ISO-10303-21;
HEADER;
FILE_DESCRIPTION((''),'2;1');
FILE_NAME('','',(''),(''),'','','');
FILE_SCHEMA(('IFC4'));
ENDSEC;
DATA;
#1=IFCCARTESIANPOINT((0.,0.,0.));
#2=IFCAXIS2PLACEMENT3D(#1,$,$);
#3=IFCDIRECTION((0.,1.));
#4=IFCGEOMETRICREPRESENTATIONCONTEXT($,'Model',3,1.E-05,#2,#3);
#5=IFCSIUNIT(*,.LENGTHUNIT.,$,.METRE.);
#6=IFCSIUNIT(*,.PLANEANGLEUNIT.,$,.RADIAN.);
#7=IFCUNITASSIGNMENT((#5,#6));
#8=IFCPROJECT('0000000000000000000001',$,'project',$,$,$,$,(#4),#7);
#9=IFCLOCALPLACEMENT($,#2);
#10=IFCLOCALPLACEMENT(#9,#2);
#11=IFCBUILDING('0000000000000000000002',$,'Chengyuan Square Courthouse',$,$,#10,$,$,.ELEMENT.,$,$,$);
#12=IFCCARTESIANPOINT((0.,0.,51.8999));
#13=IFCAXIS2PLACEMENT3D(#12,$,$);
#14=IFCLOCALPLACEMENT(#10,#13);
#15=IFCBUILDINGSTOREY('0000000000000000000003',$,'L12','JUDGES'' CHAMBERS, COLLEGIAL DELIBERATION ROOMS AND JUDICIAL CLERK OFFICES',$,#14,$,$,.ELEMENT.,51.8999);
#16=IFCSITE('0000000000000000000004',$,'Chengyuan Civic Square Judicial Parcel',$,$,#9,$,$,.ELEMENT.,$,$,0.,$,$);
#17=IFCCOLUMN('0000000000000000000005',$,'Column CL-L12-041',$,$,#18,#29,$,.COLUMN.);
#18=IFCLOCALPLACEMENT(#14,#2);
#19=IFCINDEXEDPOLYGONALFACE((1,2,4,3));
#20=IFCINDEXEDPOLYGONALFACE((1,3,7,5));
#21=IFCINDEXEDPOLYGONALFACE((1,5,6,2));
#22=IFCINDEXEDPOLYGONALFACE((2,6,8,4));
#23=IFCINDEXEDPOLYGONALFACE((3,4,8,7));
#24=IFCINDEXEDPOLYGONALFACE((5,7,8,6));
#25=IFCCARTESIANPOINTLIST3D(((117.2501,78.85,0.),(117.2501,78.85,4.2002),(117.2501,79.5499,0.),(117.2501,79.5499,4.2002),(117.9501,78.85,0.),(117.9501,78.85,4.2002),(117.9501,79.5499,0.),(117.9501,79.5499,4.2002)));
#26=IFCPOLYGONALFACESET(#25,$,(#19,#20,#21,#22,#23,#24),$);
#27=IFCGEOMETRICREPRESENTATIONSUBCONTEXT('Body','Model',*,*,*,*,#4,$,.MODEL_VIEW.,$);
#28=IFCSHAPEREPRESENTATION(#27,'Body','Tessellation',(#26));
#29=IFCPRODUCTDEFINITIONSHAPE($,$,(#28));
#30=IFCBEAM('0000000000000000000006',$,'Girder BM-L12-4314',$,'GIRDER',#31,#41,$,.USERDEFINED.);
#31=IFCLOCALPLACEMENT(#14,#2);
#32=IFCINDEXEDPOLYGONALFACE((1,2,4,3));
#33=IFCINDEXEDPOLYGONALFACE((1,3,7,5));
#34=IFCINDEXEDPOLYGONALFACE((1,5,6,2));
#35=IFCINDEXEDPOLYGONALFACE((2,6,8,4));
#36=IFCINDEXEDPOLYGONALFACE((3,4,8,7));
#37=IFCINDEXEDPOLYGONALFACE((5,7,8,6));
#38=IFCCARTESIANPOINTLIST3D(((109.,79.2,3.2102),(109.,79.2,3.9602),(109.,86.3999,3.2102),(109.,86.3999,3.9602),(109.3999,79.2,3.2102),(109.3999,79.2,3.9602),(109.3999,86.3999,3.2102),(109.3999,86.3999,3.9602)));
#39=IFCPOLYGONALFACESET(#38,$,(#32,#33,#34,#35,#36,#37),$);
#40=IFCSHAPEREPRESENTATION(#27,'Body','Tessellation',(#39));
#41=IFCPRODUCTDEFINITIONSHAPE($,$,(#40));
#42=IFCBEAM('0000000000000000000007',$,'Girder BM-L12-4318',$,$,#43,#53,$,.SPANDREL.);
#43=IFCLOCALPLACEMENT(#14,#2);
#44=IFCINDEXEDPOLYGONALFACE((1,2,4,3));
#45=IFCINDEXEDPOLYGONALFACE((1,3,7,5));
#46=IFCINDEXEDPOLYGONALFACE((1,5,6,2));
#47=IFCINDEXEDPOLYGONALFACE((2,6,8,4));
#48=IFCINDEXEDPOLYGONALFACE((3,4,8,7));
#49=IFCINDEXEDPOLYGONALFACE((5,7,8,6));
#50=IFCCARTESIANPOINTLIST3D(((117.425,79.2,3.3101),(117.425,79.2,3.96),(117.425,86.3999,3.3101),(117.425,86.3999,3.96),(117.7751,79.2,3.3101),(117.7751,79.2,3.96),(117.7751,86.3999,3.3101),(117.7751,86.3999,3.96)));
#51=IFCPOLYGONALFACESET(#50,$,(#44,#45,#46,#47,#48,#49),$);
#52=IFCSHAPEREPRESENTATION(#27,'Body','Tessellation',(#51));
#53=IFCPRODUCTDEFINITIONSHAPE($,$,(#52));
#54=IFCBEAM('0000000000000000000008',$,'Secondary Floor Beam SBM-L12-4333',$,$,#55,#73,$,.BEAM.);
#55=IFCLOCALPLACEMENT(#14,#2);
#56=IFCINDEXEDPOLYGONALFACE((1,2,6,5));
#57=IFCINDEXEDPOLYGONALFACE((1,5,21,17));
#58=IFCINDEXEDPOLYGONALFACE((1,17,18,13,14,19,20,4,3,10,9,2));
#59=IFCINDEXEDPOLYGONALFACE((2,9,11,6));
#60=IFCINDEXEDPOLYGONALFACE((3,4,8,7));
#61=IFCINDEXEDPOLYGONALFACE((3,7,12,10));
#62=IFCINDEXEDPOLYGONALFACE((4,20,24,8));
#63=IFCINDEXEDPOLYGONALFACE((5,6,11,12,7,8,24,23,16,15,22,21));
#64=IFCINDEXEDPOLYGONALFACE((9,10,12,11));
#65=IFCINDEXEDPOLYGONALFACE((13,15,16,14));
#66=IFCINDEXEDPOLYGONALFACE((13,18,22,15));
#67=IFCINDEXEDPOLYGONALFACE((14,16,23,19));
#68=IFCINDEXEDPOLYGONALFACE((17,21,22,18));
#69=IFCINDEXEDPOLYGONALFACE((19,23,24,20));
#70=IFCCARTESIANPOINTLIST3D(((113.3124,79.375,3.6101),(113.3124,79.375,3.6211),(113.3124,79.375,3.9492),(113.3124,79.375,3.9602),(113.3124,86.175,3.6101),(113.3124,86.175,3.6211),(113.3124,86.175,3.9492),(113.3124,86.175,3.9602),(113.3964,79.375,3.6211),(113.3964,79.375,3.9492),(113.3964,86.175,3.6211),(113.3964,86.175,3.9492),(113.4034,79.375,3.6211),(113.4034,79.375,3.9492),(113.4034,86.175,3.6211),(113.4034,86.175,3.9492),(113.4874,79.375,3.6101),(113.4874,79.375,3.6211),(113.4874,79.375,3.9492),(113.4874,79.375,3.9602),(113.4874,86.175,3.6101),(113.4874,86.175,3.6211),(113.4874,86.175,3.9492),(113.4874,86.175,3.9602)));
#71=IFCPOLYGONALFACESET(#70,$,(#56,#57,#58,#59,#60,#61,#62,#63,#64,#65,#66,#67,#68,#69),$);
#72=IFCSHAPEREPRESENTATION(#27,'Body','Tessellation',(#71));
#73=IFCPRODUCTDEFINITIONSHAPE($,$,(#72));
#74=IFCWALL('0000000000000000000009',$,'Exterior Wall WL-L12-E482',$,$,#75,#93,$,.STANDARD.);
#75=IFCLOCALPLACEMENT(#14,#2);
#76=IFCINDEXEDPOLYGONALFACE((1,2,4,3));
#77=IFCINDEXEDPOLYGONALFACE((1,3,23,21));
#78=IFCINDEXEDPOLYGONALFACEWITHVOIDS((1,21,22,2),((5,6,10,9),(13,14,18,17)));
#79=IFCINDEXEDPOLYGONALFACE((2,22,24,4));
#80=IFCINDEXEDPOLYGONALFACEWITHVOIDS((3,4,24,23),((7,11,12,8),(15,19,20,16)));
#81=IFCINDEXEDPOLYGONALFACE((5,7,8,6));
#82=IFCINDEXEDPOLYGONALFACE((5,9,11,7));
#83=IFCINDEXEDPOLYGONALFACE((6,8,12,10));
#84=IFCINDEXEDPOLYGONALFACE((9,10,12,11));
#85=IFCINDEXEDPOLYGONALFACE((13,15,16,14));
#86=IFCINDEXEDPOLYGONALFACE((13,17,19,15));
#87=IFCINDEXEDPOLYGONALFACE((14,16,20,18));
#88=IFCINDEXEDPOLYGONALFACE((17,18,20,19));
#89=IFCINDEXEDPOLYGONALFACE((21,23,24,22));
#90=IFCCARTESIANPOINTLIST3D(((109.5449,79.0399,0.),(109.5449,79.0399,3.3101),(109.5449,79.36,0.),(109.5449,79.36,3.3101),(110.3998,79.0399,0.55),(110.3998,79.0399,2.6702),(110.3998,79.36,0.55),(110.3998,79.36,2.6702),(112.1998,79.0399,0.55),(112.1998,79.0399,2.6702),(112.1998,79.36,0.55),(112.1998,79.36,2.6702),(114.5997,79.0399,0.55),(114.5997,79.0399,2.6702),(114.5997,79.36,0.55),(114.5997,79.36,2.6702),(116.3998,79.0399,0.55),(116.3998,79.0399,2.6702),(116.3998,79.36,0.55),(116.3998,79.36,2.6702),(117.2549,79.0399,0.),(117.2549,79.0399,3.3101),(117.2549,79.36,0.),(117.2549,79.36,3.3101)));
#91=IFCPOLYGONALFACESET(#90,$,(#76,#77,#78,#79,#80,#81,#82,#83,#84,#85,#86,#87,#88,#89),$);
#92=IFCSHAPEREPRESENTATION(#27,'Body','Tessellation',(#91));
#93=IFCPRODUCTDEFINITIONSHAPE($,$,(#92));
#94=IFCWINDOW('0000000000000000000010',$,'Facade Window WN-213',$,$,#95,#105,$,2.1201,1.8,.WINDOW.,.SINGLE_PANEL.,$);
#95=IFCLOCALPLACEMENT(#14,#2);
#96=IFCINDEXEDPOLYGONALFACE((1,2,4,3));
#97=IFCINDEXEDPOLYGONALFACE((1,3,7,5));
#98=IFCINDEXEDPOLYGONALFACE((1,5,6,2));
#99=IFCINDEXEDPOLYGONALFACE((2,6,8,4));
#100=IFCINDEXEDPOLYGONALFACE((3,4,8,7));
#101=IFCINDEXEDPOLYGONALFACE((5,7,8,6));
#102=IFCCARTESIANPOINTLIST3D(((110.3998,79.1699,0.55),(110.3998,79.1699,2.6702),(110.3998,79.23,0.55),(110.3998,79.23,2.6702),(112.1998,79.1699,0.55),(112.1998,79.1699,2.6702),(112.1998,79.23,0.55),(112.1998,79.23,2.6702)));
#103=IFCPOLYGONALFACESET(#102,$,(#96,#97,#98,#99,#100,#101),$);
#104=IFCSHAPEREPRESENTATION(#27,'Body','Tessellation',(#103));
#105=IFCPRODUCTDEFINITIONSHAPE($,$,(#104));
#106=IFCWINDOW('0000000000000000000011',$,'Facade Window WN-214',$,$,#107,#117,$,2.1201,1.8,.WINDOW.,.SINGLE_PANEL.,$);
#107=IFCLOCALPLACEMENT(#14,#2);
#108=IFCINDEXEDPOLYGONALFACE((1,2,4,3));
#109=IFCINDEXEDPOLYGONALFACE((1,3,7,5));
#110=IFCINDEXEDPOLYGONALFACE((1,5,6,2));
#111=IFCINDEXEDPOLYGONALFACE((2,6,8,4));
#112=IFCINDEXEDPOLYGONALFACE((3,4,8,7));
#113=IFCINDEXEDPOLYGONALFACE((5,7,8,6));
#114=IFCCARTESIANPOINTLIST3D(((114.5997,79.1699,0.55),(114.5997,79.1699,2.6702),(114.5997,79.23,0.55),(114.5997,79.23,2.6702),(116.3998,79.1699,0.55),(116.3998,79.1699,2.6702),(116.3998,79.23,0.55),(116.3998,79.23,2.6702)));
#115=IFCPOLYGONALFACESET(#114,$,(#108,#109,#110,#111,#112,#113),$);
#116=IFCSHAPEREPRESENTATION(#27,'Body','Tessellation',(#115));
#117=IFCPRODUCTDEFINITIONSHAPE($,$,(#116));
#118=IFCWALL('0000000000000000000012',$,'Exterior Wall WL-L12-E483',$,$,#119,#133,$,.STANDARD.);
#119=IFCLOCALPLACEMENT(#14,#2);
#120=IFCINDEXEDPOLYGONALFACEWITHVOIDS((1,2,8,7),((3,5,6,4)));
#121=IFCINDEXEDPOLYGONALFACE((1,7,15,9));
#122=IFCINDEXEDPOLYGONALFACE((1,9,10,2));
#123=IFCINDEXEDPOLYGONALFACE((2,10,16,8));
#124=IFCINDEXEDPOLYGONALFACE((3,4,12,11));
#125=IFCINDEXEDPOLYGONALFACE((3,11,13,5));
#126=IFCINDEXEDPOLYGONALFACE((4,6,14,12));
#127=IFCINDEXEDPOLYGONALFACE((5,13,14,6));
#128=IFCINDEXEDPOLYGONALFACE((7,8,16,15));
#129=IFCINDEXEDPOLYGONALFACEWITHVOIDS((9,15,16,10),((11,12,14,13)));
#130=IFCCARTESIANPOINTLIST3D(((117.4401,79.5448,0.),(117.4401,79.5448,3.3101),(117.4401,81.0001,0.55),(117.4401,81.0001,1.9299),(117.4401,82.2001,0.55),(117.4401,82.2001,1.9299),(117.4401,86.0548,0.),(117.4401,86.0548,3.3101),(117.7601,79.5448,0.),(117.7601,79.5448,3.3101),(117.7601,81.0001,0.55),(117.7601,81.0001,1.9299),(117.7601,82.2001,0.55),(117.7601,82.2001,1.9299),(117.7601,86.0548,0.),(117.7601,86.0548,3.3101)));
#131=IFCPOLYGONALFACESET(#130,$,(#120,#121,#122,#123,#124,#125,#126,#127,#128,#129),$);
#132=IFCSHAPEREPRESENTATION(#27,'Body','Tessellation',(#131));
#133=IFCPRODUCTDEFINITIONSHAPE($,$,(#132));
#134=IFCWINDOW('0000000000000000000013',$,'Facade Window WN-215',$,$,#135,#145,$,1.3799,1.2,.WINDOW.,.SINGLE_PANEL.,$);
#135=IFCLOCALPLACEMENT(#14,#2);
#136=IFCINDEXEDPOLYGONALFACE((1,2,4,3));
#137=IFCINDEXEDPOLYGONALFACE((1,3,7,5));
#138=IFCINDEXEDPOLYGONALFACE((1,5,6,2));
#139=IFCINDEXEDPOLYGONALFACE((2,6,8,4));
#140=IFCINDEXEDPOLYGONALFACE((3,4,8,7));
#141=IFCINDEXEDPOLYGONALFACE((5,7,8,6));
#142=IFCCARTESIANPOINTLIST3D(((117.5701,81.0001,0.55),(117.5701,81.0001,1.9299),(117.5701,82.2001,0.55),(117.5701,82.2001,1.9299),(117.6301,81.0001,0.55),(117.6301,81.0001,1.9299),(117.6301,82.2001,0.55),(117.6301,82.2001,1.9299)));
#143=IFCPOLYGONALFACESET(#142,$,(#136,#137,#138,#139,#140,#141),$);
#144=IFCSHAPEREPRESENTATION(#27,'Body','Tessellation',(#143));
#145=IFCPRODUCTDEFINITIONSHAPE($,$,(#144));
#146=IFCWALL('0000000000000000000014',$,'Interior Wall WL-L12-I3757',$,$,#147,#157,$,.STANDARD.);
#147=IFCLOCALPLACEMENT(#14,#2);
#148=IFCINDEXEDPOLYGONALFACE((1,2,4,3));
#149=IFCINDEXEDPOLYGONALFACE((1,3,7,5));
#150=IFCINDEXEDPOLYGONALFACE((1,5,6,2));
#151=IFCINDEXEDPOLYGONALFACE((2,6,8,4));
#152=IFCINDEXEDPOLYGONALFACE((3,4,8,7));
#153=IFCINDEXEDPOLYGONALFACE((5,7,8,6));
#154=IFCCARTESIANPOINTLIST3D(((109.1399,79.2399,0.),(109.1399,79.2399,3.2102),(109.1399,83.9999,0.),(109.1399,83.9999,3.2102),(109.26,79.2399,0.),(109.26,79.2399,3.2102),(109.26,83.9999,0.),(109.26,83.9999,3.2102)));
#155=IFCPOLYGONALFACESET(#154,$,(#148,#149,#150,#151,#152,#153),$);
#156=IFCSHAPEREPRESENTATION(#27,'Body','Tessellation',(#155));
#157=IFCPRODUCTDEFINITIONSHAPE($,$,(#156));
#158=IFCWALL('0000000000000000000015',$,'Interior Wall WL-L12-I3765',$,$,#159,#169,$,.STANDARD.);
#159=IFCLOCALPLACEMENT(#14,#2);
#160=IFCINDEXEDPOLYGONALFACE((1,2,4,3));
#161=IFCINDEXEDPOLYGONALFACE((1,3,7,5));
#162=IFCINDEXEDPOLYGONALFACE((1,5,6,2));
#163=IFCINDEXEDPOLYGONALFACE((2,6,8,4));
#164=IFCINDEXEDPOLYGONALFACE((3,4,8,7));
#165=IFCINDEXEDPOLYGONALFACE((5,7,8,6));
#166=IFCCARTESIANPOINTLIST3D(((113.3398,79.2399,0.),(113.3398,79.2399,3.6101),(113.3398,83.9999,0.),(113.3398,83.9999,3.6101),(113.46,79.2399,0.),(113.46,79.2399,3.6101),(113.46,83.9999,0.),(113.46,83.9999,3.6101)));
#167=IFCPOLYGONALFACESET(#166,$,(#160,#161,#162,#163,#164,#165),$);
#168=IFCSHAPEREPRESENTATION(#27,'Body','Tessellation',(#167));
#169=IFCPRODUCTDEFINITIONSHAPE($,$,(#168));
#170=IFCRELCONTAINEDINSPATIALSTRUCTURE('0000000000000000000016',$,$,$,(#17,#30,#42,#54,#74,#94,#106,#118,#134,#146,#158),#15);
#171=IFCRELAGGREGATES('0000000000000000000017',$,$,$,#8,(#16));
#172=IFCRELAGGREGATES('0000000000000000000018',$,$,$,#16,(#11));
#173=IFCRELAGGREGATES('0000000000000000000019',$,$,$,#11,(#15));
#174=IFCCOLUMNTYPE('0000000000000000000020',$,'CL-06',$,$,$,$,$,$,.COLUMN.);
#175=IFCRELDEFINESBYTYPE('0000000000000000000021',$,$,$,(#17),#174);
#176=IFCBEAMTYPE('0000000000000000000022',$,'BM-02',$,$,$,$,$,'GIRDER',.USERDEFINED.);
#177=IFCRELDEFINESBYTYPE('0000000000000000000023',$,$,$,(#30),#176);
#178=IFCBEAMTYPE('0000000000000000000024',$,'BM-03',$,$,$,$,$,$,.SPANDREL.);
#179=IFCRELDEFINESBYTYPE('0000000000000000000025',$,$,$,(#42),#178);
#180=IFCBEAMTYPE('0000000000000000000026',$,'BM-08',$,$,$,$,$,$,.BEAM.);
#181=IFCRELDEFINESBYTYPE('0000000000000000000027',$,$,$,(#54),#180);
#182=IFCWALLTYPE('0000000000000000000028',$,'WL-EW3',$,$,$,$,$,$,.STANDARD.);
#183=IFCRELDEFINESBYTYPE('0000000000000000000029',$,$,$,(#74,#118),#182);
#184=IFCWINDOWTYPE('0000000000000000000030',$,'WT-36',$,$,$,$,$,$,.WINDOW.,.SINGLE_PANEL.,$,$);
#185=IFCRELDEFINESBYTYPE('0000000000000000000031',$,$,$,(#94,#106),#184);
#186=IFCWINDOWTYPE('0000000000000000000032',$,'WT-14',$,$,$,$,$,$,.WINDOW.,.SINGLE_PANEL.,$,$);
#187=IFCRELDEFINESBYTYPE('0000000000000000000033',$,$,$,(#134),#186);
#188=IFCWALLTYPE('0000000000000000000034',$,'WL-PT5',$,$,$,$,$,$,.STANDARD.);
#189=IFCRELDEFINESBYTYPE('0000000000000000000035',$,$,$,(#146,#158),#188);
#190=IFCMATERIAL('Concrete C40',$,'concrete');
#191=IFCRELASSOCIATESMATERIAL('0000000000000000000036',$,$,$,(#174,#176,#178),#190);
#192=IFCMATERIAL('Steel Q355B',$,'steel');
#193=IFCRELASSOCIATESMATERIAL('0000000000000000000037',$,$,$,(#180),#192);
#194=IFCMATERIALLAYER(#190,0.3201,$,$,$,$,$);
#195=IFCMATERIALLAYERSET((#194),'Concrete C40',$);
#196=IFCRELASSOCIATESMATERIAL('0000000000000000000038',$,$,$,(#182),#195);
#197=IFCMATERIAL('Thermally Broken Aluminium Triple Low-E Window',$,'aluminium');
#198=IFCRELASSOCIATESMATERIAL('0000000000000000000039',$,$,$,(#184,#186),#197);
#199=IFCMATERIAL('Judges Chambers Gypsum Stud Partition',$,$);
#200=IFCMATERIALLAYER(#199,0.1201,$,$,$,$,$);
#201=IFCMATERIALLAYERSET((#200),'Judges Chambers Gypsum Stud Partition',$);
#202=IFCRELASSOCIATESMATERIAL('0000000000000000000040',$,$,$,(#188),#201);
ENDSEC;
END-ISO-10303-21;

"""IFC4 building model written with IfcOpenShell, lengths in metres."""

from ifc_helpers import new_model, si_unit, direction, frame, frame_2d, origin, origin_2d, place, context, subcontext, project, spatial, rectangle, i_section, extrude, material, layer, layer_set, material_profile, profile_set, type_object, element, fill, save


model = new_model("IFC4")

# Units and contexts
model_context = context("Model", 3, precision=1e-05, world=origin(), true_north=direction((0.0, 1.0)))
body_context = subcontext(model_context, "Body", "Model", "MODEL_VIEW")
ifc_project = project(units=[si_unit("LENGTHUNIT", "METRE"), si_unit("PLANEANGLEUNIT", "RADIAN")], contexts=[model_context])

# Site, building, storey
site_placement = place(None, origin())
site = spatial("IfcSite", under=ifc_project, at=site_placement, Name="Chengyuan Civic Square Judicial Parcel", CompositionType="ELEMENT", RefElevation=0.0)
building_placement = place(site_placement, origin())
building = spatial("IfcBuilding", under=site, at=building_placement, Name="Chengyuan Square Courthouse", CompositionType="ELEMENT")
storey_placement = place(building_placement, frame((0.0, 0.0, 51.8999)))
storey = spatial("IfcBuildingStorey", under=building, at=storey_placement, Name="L12", Description="JUDGES' CHAMBERS, COLLEGIAL DELIBERATION ROOMS AND JUDICIAL CLERK OFFICES", CompositionType="ELEMENT", Elevation=51.8999)

# Column
ifc_material_1 = material(Name="Concrete C40", Category="concrete")
ifc_material_profile_1 = material_profile(ifc_material_1, rectangle(XDim=0.7, YDim=0.7, at=origin_2d()), Name="RC-COL-700x700")
ifc_profile_set_1 = profile_set([ifc_material_profile_1], Name="Concrete C40")
column_type = type_object("IfcColumnType", Name="CL-06", PredefinedType="COLUMN", material=ifc_profile_set_1)
column_placement = place(storey_placement, frame((117.6001, 79.2, 0.0), z_axis=(0.0, 0.0, 1.0), x_axis=(1.0, 0.0, 0.0)))
element("IfcColumn", 1, at=column_placement, inside=storey, type_object=column_type, Name="Column CL-L12-041", PredefinedType="COLUMN", context=body_context, shape_type="SweptSolid", body=[
    extrude(rectangle(XDim=0.7, YDim=0.7, at=origin_2d()), origin(), (0.0, 0.0, 1.0), 4.2002),
])

# Beams
ifc_material_profile_2 = material_profile(ifc_material_1, rectangle(XDim=0.3999, YDim=0.75, at=origin_2d()), Name="RC-BM-400x750")
ifc_profile_set_2 = profile_set([ifc_material_profile_2], Name="Concrete C40")
beam_type_1 = type_object("IfcBeamType", Name="BM-02", ElementType="GIRDER", PredefinedType="USERDEFINED", material=ifc_profile_set_2)
beam_1_placement = place(storey_placement, frame((109.2, 79.2, 3.5852), z_axis=(0.0, 1.0, 0.0), x_axis=(-1.0, 0.0, 0.0)))
element("IfcBeam", 2, at=beam_1_placement, inside=storey, type_object=beam_type_1, Name="Girder BM-L12-4314", ObjectType="GIRDER", PredefinedType="USERDEFINED", context=body_context, shape_type="SweptSolid", body=[
    extrude(rectangle(XDim=0.3999, YDim=0.75, at=origin_2d()), origin(), (0.0, 0.0, 1.0), 7.2),
])
ifc_material_profile_3 = material_profile(ifc_material_1, rectangle(XDim=0.3501, YDim=0.6499, at=origin_2d()), Name="RC-BM-350x650")
ifc_profile_set_3 = profile_set([ifc_material_profile_3], Name="Concrete C40")
beam_type_2 = type_object("IfcBeamType", Name="BM-03", PredefinedType="SPANDREL", material=ifc_profile_set_3)
beam_2_placement = place(storey_placement, frame((117.6001, 79.2, 3.635), z_axis=(0.0, 1.0, 0.0), x_axis=(-1.0, 0.0, 0.0)))
element("IfcBeam", 3, at=beam_2_placement, inside=storey, type_object=beam_type_2, Name="Girder BM-L12-4318", PredefinedType="SPANDREL", context=body_context, shape_type="SweptSolid", body=[
    extrude(rectangle(XDim=0.3501, YDim=0.6499, at=origin_2d()), origin(), (0.0, 0.0, 1.0), 7.2),
])
ifc_material_2 = material(Name="Steel Q355B", Category="steel")
ifc_material_profile_4 = material_profile(ifc_material_2, i_section(OverallWidth=0.175, OverallDepth=0.3501, WebThickness=0.0071, FlangeThickness=0.011, at=origin_2d()), Name="HN 350x175x7x11")
ifc_profile_set_4 = profile_set([ifc_material_profile_4], Name="Steel Q355B")
beam_type_3 = type_object("IfcBeamType", Name="BM-08", PredefinedType="BEAM", material=ifc_profile_set_4)
beam_3_placement = place(storey_placement, frame((113.3999, 79.375, 3.7852), z_axis=(0.0, 1.0, 0.0), x_axis=(-1.0, 0.0, 0.0)))
element("IfcBeam", 4, at=beam_3_placement, inside=storey, type_object=beam_type_3, Name="Secondary Floor Beam SBM-L12-4333", PredefinedType="BEAM", context=body_context, shape_type="SweptSolid", body=[
    extrude(i_section(OverallWidth=0.175, OverallDepth=0.3501, WebThickness=0.0071, FlangeThickness=0.011, at=origin_2d()), origin(), (0.0, 0.0, 1.0), 6.8),
])

# Wall, openings, windows
ifc_layer_1 = layer(ifc_material_1, 0.3201)
ifc_layer_set_1 = layer_set([ifc_layer_1], Name="Concrete C40")
wall_type_1 = type_object("IfcWallType", Name="WL-EW3", PredefinedType="STANDARD", material=ifc_layer_set_1)
wall_1_placement = place(storey_placement, frame((109.5449, 79.2, 0.0), z_axis=(0.0, 0.0, 1.0), x_axis=(1.0, 0.0, 0.0)))
wall_1 = element("IfcWall", 5, at=wall_1_placement, inside=storey, type_object=wall_type_1, Name="Exterior Wall WL-L12-E482", PredefinedType="STANDARD", context=body_context, shape_type="SweptSolid", body=[
    extrude(rectangle(XDim=7.71, YDim=0.3201, at=frame_2d((3.855, 0.0))), origin(), (0.0, 0.0, 1.0), 3.3101),
])
opening_1_placement = place(wall_1_placement, frame((0.855, 0.0, 0.55)))
opening_1 = element("IfcOpeningElement", 6, at=opening_1_placement, cuts=wall_1, PredefinedType="OPENING", context=body_context, shape_type="SweptSolid", body=[
    extrude(rectangle(XDim=1.8, YDim=2.1201, at=frame_2d((0.8999, 1.0601))), frame((0.0, 0.1721, 0.0), z_axis=(0.0, -1.0, 0.0), x_axis=(1.0, 0.0, 0.0)), (0.0, 0.0, 1.0), 0.344),
])
opening_2_placement = place(wall_1_placement, frame((5.0549, 0.0, 0.55)))
opening_2 = element("IfcOpeningElement", 7, at=opening_2_placement, cuts=wall_1, PredefinedType="OPENING", context=body_context, shape_type="SweptSolid", body=[
    extrude(rectangle(XDim=1.8, YDim=2.1201, at=frame_2d((0.8999, 1.0601))), frame((0.0, 0.1721, 0.0), z_axis=(0.0, -1.0, 0.0), x_axis=(1.0, 0.0, 0.0)), (0.0, 0.0, 1.0), 0.344),
])
ifc_material_3 = material(Name="Thermally Broken Aluminium Triple Low-E Window", Category="aluminium")
window_type_1 = type_object("IfcWindowType", Name="WT-36", PartitioningType="SINGLE_PANEL", PredefinedType="WINDOW", material=ifc_material_3)
window_1_placement = place(opening_1_placement, origin())
window_1 = element("IfcWindow", 8, at=window_1_placement, inside=storey, type_object=window_type_1, Name="Facade Window WN-213", OverallHeight=2.1201, OverallWidth=1.8, PartitioningType="SINGLE_PANEL", PredefinedType="WINDOW", context=body_context, shape_type="SweptSolid", body=[
    extrude(rectangle(XDim=1.8, YDim=2.1201, at=frame_2d((0.8999, 1.0601))), frame((0.0, 0.03, 0.0), z_axis=(0.0, -1.0, 0.0), x_axis=(1.0, 0.0, 0.0)), (0.0, 0.0, 1.0), 0.0601),
])
fill(opening_1, window_1)
window_2_placement = place(opening_2_placement, origin())
window_2 = element("IfcWindow", 9, at=window_2_placement, inside=storey, type_object=window_type_1, Name="Facade Window WN-214", OverallHeight=2.1201, OverallWidth=1.8, PartitioningType="SINGLE_PANEL", PredefinedType="WINDOW", context=body_context, shape_type="SweptSolid", body=[
    extrude(rectangle(XDim=1.8, YDim=2.1201, at=frame_2d((0.8999, 1.0601))), frame((0.0, 0.03, 0.0), z_axis=(0.0, -1.0, 0.0), x_axis=(1.0, 0.0, 0.0)), (0.0, 0.0, 1.0), 0.0601),
])
fill(opening_2, window_2)

# Wall, opening, window
wall_2_placement = place(storey_placement, frame((117.6001, 79.5449, 0.0), z_axis=(0.0, 0.0, 1.0), x_axis=(0.0, 1.0, 0.0)))
wall_2 = element("IfcWall", 10, at=wall_2_placement, inside=storey, type_object=wall_type_1, Name="Exterior Wall WL-L12-E483", PredefinedType="STANDARD", context=body_context, shape_type="SweptSolid", body=[
    extrude(rectangle(XDim=6.51, YDim=0.3201, at=frame_2d((3.2549, 0.0))), origin(), (0.0, 0.0, 1.0), 3.3101),
])
opening_3_placement = place(wall_2_placement, frame((1.4551, 0.0, 0.55)))
opening_3 = element("IfcOpeningElement", 11, at=opening_3_placement, cuts=wall_2, PredefinedType="OPENING", context=body_context, shape_type="SweptSolid", body=[
    extrude(rectangle(XDim=1.2, YDim=1.3799, at=frame_2d((0.6001, 0.6899))), frame((0.0, 0.1721, 0.0), z_axis=(0.0, -1.0, 0.0), x_axis=(1.0, 0.0, 0.0)), (0.0, 0.0, 1.0), 0.344),
])
window_type_2 = type_object("IfcWindowType", Name="WT-14", PartitioningType="SINGLE_PANEL", PredefinedType="WINDOW", material=ifc_material_3)
window_3_placement = place(opening_3_placement, origin())
window_3 = element("IfcWindow", 12, at=window_3_placement, inside=storey, type_object=window_type_2, Name="Facade Window WN-215", OverallHeight=1.3799, OverallWidth=1.2, PartitioningType="SINGLE_PANEL", PredefinedType="WINDOW", context=body_context, shape_type="SweptSolid", body=[
    extrude(rectangle(XDim=1.2, YDim=1.3799, at=frame_2d((0.6001, 0.6899))), frame((0.0, 0.03, 0.0), z_axis=(0.0, -1.0, 0.0), x_axis=(1.0, 0.0, 0.0)), (0.0, 0.0, 1.0), 0.0601),
])
fill(opening_3, window_3)

# Walls
ifc_material_4 = material(Name="Judges Chambers Gypsum Stud Partition")
ifc_layer_2 = layer(ifc_material_4, 0.1201)
ifc_layer_set_2 = layer_set([ifc_layer_2], Name="Judges Chambers Gypsum Stud Partition")
wall_type_2 = type_object("IfcWallType", Name="WL-PT5", PredefinedType="STANDARD", material=ifc_layer_set_2)
wall_3_placement = place(storey_placement, frame((109.2, 79.24, 0.0), z_axis=(0.0, 0.0, 1.0), x_axis=(0.0, 1.0, 0.0)))
element("IfcWall", 13, at=wall_3_placement, inside=storey, type_object=wall_type_2, Name="Interior Wall WL-L12-I3757", PredefinedType="STANDARD", context=body_context, shape_type="SweptSolid", body=[
    extrude(rectangle(XDim=4.76, YDim=0.1201, at=frame_2d((2.3799, 0.0))), origin(), (0.0, 0.0, 1.0), 3.2102),
])
wall_4_placement = place(storey_placement, frame((113.3999, 79.24, 0.0), z_axis=(0.0, 0.0, 1.0), x_axis=(0.0, 1.0, 0.0)))
element("IfcWall", 14, at=wall_4_placement, inside=storey, type_object=wall_type_2, Name="Interior Wall WL-L12-I3765", PredefinedType="STANDARD", context=body_context, shape_type="SweptSolid", body=[
    extrude(rectangle(XDim=4.76, YDim=0.1201, at=frame_2d((2.3799, 0.0))), origin(), (0.0, 0.0, 1.0), 3.6101),
])

save(model, "model.ifc")
